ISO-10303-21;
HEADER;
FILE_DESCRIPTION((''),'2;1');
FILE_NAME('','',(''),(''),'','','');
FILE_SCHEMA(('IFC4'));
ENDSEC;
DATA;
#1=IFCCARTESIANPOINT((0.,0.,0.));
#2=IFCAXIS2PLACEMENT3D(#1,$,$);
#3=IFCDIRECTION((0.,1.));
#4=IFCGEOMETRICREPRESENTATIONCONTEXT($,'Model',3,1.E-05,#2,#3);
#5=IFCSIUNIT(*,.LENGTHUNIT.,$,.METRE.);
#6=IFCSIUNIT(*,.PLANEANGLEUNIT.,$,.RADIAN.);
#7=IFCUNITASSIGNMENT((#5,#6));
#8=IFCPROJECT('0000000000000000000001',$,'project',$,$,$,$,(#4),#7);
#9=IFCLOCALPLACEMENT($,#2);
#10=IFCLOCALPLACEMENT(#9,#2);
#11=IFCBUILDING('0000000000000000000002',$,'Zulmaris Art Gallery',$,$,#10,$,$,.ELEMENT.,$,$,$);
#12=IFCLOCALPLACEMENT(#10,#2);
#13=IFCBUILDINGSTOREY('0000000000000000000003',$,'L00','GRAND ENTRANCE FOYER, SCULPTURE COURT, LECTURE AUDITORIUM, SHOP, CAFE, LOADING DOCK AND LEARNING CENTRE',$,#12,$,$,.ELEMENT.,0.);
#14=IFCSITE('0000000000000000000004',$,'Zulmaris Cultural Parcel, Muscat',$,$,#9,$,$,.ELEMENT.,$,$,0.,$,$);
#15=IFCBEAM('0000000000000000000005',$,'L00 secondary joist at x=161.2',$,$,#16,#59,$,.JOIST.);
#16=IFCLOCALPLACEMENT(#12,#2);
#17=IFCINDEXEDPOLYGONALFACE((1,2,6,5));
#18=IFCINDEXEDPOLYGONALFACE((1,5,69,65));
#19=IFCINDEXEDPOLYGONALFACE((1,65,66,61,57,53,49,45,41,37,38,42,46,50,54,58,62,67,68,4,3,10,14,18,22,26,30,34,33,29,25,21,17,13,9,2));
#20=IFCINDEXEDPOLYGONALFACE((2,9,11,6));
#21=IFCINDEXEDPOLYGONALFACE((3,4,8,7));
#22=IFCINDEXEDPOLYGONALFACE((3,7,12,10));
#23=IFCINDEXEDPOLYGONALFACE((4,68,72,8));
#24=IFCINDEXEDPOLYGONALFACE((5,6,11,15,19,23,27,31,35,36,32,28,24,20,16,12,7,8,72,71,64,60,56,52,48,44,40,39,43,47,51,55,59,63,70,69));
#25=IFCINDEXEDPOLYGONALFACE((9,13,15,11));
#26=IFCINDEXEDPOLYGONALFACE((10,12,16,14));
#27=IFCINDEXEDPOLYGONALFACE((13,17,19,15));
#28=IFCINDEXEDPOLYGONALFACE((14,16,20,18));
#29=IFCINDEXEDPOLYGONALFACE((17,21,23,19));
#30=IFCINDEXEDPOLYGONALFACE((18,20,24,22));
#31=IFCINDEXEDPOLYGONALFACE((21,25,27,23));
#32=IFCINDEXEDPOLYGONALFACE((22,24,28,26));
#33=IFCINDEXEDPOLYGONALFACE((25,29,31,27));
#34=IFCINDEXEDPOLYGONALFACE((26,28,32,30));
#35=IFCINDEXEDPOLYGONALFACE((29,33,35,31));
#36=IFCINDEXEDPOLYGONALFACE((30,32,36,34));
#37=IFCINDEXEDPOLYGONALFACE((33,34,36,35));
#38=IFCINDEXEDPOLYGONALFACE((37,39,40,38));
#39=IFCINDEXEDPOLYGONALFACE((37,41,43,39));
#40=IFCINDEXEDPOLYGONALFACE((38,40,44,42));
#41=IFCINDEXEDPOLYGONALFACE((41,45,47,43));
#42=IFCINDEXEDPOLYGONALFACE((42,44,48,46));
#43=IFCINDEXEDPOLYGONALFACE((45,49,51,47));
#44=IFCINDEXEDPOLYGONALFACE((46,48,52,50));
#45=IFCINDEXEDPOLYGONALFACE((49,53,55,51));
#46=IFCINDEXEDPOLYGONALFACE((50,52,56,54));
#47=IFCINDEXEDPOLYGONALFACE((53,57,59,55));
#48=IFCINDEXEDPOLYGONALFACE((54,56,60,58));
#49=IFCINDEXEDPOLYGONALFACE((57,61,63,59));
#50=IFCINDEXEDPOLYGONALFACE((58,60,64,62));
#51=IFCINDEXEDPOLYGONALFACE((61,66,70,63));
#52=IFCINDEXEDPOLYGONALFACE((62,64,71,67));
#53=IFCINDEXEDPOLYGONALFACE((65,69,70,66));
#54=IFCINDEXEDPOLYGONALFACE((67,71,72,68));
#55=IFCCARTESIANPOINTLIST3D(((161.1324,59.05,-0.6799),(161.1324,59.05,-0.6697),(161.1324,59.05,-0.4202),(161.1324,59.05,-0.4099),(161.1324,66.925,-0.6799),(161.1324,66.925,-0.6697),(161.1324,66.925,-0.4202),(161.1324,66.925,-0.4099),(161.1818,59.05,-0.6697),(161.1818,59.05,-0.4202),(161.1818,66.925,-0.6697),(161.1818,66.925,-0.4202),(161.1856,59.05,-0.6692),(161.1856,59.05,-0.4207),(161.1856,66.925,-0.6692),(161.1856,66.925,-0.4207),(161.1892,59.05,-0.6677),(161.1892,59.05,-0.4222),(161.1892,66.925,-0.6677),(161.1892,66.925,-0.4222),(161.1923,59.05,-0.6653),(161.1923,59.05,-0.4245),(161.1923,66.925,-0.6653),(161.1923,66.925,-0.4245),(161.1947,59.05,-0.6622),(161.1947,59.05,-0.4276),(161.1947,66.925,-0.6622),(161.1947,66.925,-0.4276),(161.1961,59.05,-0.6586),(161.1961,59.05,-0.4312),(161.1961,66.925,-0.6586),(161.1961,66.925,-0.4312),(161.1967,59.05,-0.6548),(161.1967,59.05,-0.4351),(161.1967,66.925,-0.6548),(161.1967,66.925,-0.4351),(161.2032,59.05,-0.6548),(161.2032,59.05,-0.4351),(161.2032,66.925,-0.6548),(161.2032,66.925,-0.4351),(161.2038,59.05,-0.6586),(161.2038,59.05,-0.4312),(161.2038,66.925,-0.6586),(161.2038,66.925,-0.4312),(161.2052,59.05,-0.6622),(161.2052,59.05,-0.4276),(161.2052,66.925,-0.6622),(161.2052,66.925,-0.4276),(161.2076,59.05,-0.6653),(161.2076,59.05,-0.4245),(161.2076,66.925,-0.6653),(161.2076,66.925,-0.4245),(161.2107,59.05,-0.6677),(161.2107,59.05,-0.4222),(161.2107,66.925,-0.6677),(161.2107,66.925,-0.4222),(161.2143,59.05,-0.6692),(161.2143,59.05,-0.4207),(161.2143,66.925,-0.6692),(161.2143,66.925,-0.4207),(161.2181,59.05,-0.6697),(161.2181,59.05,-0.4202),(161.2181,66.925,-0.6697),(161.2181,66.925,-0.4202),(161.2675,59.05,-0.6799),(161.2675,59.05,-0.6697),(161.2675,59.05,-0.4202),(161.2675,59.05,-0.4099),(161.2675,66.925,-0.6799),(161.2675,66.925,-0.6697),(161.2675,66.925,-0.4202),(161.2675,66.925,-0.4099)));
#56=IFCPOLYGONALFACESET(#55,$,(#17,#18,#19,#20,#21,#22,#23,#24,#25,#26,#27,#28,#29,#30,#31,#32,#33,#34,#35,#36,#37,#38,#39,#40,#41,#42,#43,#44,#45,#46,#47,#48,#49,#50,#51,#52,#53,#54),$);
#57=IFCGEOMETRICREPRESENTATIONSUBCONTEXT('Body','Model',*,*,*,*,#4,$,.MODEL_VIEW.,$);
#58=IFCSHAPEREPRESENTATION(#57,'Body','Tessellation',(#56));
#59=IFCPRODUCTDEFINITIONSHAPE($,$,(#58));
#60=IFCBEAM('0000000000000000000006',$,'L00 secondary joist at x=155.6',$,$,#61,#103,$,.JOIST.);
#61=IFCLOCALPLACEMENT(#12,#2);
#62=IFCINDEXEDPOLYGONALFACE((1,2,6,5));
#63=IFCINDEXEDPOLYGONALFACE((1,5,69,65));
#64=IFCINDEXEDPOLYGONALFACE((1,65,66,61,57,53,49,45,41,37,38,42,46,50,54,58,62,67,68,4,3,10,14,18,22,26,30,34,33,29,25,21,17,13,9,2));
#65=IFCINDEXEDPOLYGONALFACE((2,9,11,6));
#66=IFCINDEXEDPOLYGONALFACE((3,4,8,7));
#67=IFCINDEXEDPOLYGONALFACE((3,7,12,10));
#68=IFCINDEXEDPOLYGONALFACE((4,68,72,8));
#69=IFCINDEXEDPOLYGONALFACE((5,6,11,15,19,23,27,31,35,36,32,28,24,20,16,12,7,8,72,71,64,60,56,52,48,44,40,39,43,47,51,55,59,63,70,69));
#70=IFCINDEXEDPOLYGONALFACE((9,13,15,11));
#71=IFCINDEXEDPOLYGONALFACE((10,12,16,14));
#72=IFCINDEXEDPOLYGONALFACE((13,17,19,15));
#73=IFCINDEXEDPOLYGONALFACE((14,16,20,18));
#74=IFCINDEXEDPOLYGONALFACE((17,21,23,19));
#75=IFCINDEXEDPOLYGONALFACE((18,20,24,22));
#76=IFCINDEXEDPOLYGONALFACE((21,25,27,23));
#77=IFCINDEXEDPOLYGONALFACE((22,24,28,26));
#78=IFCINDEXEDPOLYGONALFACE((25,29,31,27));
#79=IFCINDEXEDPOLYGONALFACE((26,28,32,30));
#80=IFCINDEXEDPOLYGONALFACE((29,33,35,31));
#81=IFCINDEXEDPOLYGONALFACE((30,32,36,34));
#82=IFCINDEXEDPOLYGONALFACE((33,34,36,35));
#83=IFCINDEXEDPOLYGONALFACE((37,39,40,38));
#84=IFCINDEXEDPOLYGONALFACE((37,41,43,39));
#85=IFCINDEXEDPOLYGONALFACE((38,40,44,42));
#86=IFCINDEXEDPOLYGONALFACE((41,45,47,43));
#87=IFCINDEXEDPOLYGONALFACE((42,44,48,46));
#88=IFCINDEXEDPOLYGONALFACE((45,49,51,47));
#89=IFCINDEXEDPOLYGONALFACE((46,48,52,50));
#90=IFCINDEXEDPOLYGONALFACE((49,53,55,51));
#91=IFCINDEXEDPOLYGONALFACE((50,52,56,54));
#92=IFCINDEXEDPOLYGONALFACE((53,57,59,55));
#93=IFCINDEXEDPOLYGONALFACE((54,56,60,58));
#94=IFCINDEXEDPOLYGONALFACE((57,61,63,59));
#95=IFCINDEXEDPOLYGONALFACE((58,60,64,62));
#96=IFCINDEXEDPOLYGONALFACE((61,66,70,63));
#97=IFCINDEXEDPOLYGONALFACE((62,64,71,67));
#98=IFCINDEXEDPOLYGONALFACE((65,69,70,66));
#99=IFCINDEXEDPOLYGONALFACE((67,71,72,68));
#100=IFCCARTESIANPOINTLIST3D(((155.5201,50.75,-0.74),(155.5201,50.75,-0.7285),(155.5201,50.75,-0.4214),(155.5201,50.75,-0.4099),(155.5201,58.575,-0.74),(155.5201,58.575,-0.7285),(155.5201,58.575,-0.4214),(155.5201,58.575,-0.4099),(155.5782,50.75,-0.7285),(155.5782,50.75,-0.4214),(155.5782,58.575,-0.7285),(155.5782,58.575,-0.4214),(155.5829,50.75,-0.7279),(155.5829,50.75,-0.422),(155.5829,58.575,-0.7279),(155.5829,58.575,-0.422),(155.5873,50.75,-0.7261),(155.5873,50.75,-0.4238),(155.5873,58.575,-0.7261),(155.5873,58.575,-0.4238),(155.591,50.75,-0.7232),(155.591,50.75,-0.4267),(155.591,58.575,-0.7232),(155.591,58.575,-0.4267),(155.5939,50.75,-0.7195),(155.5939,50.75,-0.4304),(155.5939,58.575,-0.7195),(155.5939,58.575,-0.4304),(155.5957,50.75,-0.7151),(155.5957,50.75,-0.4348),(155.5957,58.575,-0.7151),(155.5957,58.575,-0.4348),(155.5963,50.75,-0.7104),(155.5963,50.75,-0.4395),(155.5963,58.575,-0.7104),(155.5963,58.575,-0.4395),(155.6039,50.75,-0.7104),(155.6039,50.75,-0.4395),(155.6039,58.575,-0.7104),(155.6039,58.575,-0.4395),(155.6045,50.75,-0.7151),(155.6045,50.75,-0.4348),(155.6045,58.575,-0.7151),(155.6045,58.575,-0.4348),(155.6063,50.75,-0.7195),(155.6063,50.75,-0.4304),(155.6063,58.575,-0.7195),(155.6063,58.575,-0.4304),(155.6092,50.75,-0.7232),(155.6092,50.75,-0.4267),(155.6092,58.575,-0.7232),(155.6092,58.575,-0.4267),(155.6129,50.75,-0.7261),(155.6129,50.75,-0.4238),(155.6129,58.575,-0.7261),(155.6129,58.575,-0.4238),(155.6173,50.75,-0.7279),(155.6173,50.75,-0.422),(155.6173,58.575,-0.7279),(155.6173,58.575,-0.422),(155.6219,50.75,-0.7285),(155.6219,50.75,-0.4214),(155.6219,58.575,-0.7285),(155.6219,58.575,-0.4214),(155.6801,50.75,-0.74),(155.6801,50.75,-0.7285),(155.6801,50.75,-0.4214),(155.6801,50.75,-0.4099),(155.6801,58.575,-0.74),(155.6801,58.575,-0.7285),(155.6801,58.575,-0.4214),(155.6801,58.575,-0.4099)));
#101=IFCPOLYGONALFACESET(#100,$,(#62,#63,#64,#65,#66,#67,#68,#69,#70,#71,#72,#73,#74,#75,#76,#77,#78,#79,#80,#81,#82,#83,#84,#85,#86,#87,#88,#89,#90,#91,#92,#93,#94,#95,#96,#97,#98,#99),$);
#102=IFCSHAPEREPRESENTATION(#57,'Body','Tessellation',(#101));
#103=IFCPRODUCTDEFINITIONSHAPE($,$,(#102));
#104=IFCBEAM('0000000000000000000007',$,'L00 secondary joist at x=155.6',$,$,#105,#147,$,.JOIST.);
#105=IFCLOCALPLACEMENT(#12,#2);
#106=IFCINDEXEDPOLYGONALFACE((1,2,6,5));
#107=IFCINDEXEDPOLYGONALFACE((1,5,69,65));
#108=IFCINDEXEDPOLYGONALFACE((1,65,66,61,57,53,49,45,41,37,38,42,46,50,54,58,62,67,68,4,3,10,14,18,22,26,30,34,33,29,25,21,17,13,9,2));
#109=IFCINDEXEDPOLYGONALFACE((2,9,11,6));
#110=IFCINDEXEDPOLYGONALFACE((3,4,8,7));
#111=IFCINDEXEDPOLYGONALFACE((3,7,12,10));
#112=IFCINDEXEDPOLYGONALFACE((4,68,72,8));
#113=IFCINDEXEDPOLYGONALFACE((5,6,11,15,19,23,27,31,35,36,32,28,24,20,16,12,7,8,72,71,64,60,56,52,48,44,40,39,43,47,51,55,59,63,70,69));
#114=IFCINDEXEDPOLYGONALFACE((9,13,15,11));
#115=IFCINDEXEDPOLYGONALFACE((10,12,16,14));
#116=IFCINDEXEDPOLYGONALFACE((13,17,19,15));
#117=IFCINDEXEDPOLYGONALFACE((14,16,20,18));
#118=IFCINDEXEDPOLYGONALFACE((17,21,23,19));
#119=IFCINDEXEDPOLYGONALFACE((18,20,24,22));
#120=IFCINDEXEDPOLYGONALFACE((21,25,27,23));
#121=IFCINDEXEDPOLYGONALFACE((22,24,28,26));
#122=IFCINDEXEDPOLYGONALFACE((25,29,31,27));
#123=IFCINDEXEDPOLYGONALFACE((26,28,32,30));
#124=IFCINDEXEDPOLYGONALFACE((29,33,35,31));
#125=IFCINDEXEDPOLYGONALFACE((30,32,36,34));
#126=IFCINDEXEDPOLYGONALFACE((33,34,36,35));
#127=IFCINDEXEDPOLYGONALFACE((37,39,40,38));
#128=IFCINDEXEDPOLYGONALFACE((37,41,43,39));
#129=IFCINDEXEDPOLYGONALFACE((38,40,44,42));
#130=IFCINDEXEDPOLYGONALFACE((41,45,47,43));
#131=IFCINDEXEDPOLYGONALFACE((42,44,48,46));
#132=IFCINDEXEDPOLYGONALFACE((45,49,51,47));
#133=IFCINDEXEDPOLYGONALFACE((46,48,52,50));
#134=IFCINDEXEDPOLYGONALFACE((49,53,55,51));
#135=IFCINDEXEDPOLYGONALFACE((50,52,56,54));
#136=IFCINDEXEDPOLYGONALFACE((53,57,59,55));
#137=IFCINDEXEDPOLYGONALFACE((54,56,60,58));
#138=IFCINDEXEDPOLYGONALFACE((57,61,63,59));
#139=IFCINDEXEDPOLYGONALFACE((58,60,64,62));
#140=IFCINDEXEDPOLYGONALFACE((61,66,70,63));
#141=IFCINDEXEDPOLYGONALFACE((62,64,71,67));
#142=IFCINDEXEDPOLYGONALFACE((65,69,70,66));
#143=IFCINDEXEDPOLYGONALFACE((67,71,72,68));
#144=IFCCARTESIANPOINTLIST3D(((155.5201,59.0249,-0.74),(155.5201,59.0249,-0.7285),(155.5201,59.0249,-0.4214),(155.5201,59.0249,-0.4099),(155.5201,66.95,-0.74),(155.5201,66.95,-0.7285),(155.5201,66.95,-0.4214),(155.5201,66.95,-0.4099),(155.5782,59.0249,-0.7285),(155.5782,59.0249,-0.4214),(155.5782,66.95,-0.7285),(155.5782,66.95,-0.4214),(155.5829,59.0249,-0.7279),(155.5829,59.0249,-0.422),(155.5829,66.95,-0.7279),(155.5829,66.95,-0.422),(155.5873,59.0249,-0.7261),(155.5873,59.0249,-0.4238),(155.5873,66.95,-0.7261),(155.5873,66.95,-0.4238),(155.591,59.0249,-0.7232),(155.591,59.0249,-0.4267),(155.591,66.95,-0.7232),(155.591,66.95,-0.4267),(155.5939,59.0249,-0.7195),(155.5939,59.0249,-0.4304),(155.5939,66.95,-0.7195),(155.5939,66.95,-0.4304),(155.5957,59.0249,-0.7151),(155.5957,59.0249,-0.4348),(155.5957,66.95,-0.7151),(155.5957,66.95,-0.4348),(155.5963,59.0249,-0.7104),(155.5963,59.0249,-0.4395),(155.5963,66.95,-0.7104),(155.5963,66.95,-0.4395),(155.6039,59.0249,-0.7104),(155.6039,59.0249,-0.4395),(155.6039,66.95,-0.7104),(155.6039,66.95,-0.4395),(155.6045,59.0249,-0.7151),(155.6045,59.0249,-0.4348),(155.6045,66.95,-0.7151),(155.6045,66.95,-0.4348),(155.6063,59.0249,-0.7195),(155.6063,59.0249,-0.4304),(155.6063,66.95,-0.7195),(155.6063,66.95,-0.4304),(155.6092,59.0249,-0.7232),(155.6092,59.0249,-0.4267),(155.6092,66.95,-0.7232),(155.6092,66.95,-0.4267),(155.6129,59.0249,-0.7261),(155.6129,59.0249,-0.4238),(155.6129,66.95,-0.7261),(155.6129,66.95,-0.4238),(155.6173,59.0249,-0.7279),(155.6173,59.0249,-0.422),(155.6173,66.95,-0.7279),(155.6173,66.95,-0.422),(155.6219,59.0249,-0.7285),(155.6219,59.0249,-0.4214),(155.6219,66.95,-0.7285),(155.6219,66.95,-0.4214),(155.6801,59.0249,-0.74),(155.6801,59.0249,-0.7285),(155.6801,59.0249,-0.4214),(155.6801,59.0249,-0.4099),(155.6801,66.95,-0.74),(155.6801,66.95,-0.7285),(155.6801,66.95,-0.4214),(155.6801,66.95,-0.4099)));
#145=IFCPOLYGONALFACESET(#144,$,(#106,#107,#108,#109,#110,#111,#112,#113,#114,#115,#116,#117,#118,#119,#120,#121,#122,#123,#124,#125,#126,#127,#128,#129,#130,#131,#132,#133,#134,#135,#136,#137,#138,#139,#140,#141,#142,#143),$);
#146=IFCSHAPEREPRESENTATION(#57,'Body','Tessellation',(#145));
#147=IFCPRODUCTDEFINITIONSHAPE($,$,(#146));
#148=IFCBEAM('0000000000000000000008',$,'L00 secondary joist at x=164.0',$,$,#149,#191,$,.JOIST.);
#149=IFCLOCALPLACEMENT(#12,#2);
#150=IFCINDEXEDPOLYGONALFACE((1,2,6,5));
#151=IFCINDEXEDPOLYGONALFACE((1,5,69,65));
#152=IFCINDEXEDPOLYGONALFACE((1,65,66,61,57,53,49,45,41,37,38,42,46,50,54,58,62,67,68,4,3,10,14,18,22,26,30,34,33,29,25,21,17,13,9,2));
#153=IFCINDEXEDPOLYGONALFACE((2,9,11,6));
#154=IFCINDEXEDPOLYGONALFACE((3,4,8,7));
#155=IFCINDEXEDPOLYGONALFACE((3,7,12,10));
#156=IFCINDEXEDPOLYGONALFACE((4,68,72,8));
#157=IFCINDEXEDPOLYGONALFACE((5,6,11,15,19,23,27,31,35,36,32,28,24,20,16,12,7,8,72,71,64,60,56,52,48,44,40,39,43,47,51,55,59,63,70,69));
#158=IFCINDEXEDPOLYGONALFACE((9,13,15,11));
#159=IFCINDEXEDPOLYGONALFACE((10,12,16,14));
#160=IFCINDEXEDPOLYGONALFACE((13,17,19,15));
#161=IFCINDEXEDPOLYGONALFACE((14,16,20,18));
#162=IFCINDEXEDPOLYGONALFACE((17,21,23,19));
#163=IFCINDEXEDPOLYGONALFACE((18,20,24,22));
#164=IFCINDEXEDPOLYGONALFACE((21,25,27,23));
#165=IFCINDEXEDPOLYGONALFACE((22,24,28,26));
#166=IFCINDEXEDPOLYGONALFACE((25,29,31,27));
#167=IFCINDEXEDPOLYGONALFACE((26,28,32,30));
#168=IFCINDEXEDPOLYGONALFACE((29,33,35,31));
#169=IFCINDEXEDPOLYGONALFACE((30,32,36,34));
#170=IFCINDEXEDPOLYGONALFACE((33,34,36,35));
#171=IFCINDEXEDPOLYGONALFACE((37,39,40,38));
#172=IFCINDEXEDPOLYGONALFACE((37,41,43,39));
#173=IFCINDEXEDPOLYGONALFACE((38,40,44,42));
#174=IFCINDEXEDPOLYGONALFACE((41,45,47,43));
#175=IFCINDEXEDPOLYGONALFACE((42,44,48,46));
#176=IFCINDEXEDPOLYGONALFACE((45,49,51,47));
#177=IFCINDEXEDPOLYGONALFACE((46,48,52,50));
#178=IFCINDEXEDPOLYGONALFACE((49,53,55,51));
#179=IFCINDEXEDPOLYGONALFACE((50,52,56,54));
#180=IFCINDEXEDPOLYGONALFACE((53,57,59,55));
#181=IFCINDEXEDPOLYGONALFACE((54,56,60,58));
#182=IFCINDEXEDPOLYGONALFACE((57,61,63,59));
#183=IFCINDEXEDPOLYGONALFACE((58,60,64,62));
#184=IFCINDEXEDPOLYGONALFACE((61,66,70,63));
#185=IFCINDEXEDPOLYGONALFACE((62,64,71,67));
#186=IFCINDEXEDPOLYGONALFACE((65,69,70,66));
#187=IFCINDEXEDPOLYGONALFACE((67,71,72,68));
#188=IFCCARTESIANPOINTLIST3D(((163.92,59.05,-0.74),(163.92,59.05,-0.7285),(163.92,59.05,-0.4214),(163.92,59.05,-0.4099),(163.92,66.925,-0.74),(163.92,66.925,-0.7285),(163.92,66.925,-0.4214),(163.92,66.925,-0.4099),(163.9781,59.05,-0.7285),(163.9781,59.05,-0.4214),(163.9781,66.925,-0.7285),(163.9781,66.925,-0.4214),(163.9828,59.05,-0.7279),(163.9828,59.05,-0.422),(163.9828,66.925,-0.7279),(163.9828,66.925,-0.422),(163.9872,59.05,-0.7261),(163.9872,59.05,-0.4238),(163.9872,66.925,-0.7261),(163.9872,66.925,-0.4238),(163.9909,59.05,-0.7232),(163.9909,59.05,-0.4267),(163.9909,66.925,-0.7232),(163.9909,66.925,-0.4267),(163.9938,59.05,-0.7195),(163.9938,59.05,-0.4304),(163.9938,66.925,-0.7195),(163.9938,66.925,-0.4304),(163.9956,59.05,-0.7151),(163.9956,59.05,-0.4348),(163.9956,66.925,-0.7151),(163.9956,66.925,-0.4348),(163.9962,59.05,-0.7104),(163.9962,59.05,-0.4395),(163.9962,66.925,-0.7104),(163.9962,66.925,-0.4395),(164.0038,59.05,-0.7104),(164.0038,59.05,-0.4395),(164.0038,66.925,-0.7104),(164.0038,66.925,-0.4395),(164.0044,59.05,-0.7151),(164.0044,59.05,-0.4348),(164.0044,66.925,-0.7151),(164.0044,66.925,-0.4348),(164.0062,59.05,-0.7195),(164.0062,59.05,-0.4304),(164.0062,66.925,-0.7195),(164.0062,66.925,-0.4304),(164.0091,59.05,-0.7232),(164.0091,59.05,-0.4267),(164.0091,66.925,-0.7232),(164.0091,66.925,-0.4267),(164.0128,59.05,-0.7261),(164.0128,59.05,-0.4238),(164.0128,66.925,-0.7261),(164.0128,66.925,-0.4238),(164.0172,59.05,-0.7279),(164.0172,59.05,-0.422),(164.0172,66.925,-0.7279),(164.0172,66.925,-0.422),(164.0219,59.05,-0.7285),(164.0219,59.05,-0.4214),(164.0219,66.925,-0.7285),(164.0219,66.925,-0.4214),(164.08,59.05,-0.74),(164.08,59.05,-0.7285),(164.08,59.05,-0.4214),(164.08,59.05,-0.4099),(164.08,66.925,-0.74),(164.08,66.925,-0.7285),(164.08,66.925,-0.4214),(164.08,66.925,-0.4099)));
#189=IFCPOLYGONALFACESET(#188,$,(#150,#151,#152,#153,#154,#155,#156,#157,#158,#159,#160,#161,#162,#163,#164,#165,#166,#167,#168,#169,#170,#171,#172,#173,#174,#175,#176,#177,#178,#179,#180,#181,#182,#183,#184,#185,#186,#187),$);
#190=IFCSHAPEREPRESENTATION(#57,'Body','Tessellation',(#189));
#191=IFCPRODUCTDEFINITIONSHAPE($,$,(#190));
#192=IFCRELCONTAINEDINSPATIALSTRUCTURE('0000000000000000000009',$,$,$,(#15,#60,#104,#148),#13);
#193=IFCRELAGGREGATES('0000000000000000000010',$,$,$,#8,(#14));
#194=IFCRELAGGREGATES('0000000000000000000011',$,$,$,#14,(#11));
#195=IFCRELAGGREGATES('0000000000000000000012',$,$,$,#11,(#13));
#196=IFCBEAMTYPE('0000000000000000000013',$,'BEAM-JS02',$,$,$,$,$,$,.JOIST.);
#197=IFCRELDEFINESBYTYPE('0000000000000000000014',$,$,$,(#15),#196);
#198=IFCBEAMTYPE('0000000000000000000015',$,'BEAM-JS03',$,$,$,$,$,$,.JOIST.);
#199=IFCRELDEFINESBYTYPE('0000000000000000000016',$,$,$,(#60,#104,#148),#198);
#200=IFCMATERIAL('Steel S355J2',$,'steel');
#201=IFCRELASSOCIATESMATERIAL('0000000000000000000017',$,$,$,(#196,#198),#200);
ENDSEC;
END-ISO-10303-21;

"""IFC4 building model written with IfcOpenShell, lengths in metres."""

from ifc_helpers import new_model, si_unit, direction, frame, origin, origin_2d, place, context, subcontext, project, spatial, i_section, extrude, material, material_profile, profile_set, type_object, element, save


model = new_model("IFC4")

# Units and contexts
model_context = context("Model", 3, precision=1e-05, world=origin(), true_north=direction((0.0, 1.0)))
body_context = subcontext(model_context, "Body", "Model", "MODEL_VIEW")
ifc_project = project(units=[si_unit("LENGTHUNIT", "METRE"), si_unit("PLANEANGLEUNIT", "RADIAN")], contexts=[model_context])

# Site, building, storey
site_placement = place(None, origin())
site = spatial("IfcSite", under=ifc_project, at=site_placement, Name="Zulmaris Cultural Parcel, Muscat", CompositionType="ELEMENT", RefElevation=0.0)
building_placement = place(site_placement, origin())
building = spatial("IfcBuilding", under=site, at=building_placement, Name="Zulmaris Art Gallery", CompositionType="ELEMENT")
storey_placement = place(building_placement, origin())
storey = spatial("IfcBuildingStorey", under=building, at=storey_placement, Name="L00", Description="GRAND ENTRANCE FOYER, SCULPTURE COURT, LECTURE AUDITORIUM, SHOP, CAFE, LOADING DOCK AND LEARNING CENTRE", CompositionType="ELEMENT", Elevation=0.0)

# Beams
ifc_material_1 = material(Name="Steel S355J2", Category="steel")
ifc_material_profile_1 = material_profile(ifc_material_1, i_section(OverallWidth=0.135, OverallDepth=0.27, WebThickness=0.0066, FlangeThickness=0.0103, FilletRadius=0.0149, at=origin_2d()), Name="IPE 270")
ifc_profile_set_1 = profile_set([ifc_material_profile_1], Name="Steel S355J2")
beam_type_1 = type_object("IfcBeamType", Name="BEAM-JS02", PredefinedType="JOIST", material=ifc_profile_set_1)
beam_1_placement = place(storey_placement, frame((161.2, 59.05, -0.5449), z_axis=(0.0, 1.0, 0.0), x_axis=(-1.0, 0.0, 0.0)))
element("IfcBeam", 1, at=beam_1_placement, inside=storey, type_object=beam_type_1, Name="L00 secondary joist at x=161.2", PredefinedType="JOIST", context=body_context, shape_type="SweptSolid", body=[
    extrude(i_section(OverallWidth=0.135, OverallDepth=0.27, WebThickness=0.0066, FlangeThickness=0.0103, FilletRadius=0.0149, at=origin_2d()), origin(), (0.0, 0.0, 1.0), 7.875),
])
ifc_material_profile_2 = material_profile(ifc_material_1, i_section(OverallWidth=0.1599, OverallDepth=0.3301, WebThickness=0.0076, FlangeThickness=0.0115, FilletRadius=0.0181, at=origin_2d()), Name="IPE 330")
ifc_profile_set_2 = profile_set([ifc_material_profile_2], Name="Steel S355J2")
beam_type_2 = type_object("IfcBeamType", Name="BEAM-JS03", PredefinedType="JOIST", material=ifc_profile_set_2)
beam_2_placement = place(storey_placement, frame((155.6001, 50.75, -0.575), z_axis=(0.0, 1.0, 0.0), x_axis=(-1.0, 0.0, 0.0)))
element("IfcBeam", 2, at=beam_2_placement, inside=storey, type_object=beam_type_2, Name="L00 secondary joist at x=155.6", PredefinedType="JOIST", context=body_context, shape_type="SweptSolid", body=[
    extrude(i_section(OverallWidth=0.1599, OverallDepth=0.3301, WebThickness=0.0076, FlangeThickness=0.0115, FilletRadius=0.0181, at=origin_2d()), origin(), (0.0, 0.0, 1.0), 7.825),
])
beam_3_placement = place(storey_placement, frame((155.6001, 59.0249, -0.575), z_axis=(0.0, 1.0, 0.0), x_axis=(-1.0, 0.0, 0.0)))
element("IfcBeam", 3, at=beam_3_placement, inside=storey, type_object=beam_type_2, Name="L00 secondary joist at x=155.6", PredefinedType="JOIST", context=body_context, shape_type="SweptSolid", body=[
    extrude(i_section(OverallWidth=0.1599, OverallDepth=0.3301, WebThickness=0.0076, FlangeThickness=0.0115, FilletRadius=0.0181, at=origin_2d()), origin(), (0.0, 0.0, 1.0), 7.925),
])
beam_4_placement = place(storey_placement, frame((164.0, 59.05, -0.575), z_axis=(0.0, 1.0, 0.0), x_axis=(-1.0, 0.0, 0.0)))
element("IfcBeam", 4, at=beam_4_placement, inside=storey, type_object=beam_type_2, Name="L00 secondary joist at x=164.0", PredefinedType="JOIST", context=body_context, shape_type="SweptSolid", body=[
    extrude(i_section(OverallWidth=0.1599, OverallDepth=0.3301, WebThickness=0.0076, FlangeThickness=0.0115, FilletRadius=0.0181, at=origin_2d()), origin(), (0.0, 0.0, 1.0), 7.875),
])

save(model, "model.ifc")
